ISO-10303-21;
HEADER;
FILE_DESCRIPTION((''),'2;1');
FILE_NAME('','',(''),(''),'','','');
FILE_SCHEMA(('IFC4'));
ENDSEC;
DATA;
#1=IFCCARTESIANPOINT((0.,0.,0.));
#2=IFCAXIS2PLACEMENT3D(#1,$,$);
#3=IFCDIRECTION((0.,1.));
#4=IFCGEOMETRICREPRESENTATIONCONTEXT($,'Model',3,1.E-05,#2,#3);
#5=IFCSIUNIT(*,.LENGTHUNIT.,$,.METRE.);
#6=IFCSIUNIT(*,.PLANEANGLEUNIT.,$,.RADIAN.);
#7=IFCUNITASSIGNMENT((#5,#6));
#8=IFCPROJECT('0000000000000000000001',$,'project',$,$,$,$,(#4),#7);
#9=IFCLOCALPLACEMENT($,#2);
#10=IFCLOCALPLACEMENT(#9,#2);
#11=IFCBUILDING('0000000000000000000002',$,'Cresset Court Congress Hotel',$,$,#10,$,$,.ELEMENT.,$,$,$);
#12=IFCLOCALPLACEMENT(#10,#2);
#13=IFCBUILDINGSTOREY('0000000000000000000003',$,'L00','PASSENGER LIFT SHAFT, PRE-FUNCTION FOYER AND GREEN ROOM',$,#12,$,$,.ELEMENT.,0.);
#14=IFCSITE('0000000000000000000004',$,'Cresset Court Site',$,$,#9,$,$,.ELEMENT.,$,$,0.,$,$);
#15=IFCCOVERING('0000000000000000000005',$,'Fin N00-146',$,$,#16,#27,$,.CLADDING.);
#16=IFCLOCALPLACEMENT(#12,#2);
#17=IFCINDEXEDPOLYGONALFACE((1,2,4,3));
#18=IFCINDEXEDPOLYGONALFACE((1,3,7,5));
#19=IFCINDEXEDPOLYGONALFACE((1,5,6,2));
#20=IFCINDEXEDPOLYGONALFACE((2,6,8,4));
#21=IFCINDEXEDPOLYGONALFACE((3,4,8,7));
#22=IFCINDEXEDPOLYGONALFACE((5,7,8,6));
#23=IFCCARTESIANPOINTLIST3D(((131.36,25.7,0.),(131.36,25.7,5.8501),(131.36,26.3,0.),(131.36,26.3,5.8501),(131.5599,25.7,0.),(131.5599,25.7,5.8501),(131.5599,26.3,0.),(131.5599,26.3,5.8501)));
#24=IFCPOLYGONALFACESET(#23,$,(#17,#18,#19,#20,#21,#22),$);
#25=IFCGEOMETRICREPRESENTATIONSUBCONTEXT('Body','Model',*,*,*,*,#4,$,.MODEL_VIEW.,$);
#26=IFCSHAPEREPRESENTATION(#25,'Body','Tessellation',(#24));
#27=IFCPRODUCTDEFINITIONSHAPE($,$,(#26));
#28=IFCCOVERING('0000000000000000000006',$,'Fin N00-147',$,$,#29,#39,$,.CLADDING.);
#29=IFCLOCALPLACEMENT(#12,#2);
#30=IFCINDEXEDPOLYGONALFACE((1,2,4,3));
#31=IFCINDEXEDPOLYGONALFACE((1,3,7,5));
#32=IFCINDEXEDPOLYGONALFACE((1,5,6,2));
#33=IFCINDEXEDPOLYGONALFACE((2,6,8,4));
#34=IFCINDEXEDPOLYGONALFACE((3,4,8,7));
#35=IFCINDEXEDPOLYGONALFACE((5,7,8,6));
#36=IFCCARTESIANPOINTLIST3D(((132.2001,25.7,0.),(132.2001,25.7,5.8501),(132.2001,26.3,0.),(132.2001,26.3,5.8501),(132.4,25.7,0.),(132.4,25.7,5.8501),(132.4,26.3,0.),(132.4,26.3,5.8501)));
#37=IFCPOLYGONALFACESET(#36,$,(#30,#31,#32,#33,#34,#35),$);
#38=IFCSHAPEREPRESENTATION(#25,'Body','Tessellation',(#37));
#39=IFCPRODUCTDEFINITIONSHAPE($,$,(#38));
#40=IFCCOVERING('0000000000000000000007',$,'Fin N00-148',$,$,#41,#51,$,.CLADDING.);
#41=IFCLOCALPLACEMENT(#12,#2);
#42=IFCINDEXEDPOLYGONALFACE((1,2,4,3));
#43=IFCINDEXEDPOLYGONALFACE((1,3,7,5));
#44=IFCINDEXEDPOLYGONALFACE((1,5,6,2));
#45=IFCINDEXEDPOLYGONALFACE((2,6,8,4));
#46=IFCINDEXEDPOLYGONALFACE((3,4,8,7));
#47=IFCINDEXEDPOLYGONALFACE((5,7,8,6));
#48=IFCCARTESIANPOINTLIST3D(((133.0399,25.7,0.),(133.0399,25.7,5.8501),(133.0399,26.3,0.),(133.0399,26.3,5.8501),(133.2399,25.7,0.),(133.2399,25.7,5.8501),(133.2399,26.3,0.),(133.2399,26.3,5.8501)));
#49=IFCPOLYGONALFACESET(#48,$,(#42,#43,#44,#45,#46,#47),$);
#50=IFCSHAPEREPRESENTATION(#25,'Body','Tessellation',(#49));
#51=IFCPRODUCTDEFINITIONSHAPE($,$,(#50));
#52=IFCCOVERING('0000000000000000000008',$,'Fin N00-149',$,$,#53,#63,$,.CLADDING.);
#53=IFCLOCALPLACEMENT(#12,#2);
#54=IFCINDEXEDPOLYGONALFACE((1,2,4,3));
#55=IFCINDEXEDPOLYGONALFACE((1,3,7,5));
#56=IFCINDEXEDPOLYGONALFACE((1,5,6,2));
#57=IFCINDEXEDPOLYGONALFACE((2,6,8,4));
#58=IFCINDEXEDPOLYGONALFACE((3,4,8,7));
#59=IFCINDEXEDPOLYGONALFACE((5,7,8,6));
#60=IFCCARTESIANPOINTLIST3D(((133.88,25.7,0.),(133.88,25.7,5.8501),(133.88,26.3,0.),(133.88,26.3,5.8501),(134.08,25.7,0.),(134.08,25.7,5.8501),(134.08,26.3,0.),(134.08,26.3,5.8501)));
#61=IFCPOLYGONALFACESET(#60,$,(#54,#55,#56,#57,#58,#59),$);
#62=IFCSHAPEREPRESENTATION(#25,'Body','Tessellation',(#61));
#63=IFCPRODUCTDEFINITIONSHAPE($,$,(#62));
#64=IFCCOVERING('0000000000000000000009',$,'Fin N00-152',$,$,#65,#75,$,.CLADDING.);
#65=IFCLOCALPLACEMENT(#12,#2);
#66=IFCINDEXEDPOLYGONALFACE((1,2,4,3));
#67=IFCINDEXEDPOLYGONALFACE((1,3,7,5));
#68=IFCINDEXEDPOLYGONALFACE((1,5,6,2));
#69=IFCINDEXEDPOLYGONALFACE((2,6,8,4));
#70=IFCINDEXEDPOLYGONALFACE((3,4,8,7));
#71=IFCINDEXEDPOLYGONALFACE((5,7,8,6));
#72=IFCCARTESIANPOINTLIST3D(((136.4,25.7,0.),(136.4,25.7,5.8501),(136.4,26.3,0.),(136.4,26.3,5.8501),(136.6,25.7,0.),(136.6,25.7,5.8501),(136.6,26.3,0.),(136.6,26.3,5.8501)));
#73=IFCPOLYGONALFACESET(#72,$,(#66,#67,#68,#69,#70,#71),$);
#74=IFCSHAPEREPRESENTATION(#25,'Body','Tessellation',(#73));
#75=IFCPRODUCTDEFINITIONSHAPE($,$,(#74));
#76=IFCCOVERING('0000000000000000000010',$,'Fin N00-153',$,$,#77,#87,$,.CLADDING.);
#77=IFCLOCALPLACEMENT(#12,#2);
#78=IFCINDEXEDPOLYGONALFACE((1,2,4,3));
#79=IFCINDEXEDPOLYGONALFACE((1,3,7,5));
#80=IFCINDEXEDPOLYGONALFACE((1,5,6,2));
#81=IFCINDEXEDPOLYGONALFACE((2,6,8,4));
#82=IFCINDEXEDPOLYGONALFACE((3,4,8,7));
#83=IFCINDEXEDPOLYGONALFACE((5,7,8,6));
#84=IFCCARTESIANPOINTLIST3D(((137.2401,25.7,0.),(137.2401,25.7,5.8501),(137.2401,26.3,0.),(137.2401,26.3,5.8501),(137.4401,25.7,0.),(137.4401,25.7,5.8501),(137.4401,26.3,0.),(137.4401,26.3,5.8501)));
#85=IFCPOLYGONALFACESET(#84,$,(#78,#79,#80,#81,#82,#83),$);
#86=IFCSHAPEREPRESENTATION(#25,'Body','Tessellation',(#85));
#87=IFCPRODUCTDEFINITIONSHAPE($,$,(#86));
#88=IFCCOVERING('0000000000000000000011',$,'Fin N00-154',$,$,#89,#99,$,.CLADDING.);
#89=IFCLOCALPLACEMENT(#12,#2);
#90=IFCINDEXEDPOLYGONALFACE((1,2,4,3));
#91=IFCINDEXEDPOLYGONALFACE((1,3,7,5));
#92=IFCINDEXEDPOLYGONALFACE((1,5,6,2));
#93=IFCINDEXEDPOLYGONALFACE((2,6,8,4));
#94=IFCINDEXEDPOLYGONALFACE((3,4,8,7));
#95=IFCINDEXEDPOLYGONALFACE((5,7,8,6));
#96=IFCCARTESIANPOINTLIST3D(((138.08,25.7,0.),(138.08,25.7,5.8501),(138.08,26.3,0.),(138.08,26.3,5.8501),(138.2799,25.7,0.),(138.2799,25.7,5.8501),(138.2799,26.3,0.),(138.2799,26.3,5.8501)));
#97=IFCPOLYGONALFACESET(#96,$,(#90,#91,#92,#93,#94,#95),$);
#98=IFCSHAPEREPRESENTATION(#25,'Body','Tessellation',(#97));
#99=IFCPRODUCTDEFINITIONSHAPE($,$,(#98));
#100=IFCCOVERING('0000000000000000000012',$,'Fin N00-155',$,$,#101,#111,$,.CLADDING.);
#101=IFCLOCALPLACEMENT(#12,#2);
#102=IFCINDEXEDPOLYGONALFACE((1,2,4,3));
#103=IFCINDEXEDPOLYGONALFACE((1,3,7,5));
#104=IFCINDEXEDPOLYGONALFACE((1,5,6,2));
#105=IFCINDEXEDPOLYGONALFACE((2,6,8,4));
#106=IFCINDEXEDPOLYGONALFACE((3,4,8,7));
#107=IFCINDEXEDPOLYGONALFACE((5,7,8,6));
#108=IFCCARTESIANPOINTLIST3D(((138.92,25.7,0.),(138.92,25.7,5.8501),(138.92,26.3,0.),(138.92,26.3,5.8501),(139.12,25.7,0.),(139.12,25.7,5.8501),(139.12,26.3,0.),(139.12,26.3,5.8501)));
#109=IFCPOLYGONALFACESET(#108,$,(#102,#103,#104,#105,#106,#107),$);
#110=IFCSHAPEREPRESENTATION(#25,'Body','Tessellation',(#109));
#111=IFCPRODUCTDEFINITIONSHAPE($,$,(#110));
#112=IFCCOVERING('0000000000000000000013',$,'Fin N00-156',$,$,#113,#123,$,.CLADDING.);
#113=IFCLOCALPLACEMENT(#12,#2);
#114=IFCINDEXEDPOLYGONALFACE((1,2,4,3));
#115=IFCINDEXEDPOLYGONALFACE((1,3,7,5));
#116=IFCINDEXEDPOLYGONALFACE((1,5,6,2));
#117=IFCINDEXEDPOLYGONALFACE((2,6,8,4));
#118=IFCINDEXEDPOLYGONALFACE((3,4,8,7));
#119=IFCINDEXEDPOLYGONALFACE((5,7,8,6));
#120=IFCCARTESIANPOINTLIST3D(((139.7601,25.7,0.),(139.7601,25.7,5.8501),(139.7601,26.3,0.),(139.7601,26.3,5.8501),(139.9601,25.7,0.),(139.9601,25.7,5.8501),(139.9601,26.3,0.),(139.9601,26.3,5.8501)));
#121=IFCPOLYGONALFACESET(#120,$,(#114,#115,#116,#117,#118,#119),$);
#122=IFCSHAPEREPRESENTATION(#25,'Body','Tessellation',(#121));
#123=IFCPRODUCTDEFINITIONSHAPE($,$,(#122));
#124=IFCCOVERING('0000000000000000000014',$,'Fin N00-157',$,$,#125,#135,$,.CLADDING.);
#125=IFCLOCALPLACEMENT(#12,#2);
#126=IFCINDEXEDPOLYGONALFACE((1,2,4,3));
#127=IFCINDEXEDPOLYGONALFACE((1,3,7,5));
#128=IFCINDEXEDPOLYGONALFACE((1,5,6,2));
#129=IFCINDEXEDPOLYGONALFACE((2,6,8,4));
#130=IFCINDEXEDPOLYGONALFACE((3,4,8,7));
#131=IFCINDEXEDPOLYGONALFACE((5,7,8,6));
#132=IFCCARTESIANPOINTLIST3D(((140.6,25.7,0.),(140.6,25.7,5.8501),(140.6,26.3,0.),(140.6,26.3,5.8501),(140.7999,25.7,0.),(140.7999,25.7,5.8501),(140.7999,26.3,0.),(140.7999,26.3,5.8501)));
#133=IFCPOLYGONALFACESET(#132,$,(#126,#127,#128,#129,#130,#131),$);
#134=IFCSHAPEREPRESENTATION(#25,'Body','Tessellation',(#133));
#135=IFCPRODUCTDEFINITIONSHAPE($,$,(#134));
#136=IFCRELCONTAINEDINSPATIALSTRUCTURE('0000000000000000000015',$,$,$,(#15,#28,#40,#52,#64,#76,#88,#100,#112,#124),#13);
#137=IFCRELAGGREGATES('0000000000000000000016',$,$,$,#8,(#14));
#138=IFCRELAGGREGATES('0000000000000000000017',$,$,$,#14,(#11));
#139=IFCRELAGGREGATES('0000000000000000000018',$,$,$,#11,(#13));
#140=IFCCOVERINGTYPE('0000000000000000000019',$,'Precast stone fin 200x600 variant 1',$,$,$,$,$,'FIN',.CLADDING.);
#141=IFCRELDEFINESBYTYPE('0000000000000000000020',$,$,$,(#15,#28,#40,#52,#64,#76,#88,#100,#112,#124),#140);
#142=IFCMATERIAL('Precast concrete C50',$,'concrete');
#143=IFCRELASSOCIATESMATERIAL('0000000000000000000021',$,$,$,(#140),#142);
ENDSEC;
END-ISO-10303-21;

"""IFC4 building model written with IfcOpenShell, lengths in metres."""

from ifc_helpers import new_model, si_unit, direction, frame, origin, origin_2d, place, context, subcontext, project, spatial, rectangle, extrude, material, type_object, element, save


model = new_model("IFC4")

# Units and contexts
model_context = context("Model", 3, precision=1e-05, world=origin(), true_north=direction((0.0, 1.0)))
body_context = subcontext(model_context, "Body", "Model", "MODEL_VIEW")
ifc_project = project(units=[si_unit("LENGTHUNIT", "METRE"), si_unit("PLANEANGLEUNIT", "RADIAN")], contexts=[model_context])

# Site, building, storey
site_placement = place(None, origin())
site = spatial("IfcSite", under=ifc_project, at=site_placement, Name="Cresset Court Site", CompositionType="ELEMENT", RefElevation=0.0)
building_placement = place(site_placement, origin())
building = spatial("IfcBuilding", under=site, at=building_placement, Name="Cresset Court Congress Hotel", CompositionType="ELEMENT")
storey_placement = place(building_placement, origin())
storey = spatial("IfcBuildingStorey", under=building, at=storey_placement, Name="L00", Description="PASSENGER LIFT SHAFT, PRE-FUNCTION FOYER AND GREEN ROOM", CompositionType="ELEMENT", Elevation=0.0)

# Coverings
ifc_material_1 = material(Name="Precast concrete C50", Category="concrete")
covering_type = type_object("IfcCoveringType", Name="Precast stone fin 200x600 variant 1", ElementType="FIN", PredefinedType="CLADDING", material=ifc_material_1)
for number, where, z_axis, x_axis, name in (
    (1, (131.46, 26.0, 0.0), (0.0, 0.0, 1.0), (1.0, 0.0, 0.0), "Fin N00-146"),
    (2, (132.3, 26.0, 0.0), (0.0, 0.0, 1.0), (1.0, 0.0, 0.0), "Fin N00-147"),
    (3, (133.1399, 26.0, 0.0), (0.0, 0.0, 1.0), (1.0, 0.0, 0.0), "Fin N00-148"),
    (4, (133.98, 26.0, 0.0), (0.0, 0.0, 1.0), (1.0, 0.0, 0.0), "Fin N00-149"),
    (5, (136.5, 26.0, 0.0), (0.0, 0.0, 1.0), (1.0, 0.0, 0.0), "Fin N00-152"),
    (6, (137.3401, 26.0, 0.0), (0.0, 0.0, 1.0), (1.0, 0.0, 0.0), "Fin N00-153"),
    (7, (138.1799, 26.0, 0.0), (0.0, 0.0, 1.0), (1.0, 0.0, 0.0), "Fin N00-154"),
    (8, (139.02, 26.0, 0.0), (0.0, 0.0, 1.0), (1.0, 0.0, 0.0), "Fin N00-155"),
    (9, (139.8601, 26.0, 0.0), (0.0, 0.0, 1.0), (1.0, 0.0, 0.0), "Fin N00-156"),
    (10, (140.7, 26.0, 0.0), (0.0, 0.0, 1.0), (1.0, 0.0, 0.0), "Fin N00-157"),
):
    element("IfcCovering", number, at=place(storey_placement, frame(where, z_axis=z_axis, x_axis=x_axis)), inside=storey, type_object=covering_type, Name=name, PredefinedType="CLADDING", context=body_context, shape_type="SweptSolid", body=[
        extrude(rectangle(XDim=0.2, YDim=0.6001, at=origin_2d()), origin(), (0.0, 0.0, 1.0), 5.8501),
    ])

save(model, "model.ifc")
